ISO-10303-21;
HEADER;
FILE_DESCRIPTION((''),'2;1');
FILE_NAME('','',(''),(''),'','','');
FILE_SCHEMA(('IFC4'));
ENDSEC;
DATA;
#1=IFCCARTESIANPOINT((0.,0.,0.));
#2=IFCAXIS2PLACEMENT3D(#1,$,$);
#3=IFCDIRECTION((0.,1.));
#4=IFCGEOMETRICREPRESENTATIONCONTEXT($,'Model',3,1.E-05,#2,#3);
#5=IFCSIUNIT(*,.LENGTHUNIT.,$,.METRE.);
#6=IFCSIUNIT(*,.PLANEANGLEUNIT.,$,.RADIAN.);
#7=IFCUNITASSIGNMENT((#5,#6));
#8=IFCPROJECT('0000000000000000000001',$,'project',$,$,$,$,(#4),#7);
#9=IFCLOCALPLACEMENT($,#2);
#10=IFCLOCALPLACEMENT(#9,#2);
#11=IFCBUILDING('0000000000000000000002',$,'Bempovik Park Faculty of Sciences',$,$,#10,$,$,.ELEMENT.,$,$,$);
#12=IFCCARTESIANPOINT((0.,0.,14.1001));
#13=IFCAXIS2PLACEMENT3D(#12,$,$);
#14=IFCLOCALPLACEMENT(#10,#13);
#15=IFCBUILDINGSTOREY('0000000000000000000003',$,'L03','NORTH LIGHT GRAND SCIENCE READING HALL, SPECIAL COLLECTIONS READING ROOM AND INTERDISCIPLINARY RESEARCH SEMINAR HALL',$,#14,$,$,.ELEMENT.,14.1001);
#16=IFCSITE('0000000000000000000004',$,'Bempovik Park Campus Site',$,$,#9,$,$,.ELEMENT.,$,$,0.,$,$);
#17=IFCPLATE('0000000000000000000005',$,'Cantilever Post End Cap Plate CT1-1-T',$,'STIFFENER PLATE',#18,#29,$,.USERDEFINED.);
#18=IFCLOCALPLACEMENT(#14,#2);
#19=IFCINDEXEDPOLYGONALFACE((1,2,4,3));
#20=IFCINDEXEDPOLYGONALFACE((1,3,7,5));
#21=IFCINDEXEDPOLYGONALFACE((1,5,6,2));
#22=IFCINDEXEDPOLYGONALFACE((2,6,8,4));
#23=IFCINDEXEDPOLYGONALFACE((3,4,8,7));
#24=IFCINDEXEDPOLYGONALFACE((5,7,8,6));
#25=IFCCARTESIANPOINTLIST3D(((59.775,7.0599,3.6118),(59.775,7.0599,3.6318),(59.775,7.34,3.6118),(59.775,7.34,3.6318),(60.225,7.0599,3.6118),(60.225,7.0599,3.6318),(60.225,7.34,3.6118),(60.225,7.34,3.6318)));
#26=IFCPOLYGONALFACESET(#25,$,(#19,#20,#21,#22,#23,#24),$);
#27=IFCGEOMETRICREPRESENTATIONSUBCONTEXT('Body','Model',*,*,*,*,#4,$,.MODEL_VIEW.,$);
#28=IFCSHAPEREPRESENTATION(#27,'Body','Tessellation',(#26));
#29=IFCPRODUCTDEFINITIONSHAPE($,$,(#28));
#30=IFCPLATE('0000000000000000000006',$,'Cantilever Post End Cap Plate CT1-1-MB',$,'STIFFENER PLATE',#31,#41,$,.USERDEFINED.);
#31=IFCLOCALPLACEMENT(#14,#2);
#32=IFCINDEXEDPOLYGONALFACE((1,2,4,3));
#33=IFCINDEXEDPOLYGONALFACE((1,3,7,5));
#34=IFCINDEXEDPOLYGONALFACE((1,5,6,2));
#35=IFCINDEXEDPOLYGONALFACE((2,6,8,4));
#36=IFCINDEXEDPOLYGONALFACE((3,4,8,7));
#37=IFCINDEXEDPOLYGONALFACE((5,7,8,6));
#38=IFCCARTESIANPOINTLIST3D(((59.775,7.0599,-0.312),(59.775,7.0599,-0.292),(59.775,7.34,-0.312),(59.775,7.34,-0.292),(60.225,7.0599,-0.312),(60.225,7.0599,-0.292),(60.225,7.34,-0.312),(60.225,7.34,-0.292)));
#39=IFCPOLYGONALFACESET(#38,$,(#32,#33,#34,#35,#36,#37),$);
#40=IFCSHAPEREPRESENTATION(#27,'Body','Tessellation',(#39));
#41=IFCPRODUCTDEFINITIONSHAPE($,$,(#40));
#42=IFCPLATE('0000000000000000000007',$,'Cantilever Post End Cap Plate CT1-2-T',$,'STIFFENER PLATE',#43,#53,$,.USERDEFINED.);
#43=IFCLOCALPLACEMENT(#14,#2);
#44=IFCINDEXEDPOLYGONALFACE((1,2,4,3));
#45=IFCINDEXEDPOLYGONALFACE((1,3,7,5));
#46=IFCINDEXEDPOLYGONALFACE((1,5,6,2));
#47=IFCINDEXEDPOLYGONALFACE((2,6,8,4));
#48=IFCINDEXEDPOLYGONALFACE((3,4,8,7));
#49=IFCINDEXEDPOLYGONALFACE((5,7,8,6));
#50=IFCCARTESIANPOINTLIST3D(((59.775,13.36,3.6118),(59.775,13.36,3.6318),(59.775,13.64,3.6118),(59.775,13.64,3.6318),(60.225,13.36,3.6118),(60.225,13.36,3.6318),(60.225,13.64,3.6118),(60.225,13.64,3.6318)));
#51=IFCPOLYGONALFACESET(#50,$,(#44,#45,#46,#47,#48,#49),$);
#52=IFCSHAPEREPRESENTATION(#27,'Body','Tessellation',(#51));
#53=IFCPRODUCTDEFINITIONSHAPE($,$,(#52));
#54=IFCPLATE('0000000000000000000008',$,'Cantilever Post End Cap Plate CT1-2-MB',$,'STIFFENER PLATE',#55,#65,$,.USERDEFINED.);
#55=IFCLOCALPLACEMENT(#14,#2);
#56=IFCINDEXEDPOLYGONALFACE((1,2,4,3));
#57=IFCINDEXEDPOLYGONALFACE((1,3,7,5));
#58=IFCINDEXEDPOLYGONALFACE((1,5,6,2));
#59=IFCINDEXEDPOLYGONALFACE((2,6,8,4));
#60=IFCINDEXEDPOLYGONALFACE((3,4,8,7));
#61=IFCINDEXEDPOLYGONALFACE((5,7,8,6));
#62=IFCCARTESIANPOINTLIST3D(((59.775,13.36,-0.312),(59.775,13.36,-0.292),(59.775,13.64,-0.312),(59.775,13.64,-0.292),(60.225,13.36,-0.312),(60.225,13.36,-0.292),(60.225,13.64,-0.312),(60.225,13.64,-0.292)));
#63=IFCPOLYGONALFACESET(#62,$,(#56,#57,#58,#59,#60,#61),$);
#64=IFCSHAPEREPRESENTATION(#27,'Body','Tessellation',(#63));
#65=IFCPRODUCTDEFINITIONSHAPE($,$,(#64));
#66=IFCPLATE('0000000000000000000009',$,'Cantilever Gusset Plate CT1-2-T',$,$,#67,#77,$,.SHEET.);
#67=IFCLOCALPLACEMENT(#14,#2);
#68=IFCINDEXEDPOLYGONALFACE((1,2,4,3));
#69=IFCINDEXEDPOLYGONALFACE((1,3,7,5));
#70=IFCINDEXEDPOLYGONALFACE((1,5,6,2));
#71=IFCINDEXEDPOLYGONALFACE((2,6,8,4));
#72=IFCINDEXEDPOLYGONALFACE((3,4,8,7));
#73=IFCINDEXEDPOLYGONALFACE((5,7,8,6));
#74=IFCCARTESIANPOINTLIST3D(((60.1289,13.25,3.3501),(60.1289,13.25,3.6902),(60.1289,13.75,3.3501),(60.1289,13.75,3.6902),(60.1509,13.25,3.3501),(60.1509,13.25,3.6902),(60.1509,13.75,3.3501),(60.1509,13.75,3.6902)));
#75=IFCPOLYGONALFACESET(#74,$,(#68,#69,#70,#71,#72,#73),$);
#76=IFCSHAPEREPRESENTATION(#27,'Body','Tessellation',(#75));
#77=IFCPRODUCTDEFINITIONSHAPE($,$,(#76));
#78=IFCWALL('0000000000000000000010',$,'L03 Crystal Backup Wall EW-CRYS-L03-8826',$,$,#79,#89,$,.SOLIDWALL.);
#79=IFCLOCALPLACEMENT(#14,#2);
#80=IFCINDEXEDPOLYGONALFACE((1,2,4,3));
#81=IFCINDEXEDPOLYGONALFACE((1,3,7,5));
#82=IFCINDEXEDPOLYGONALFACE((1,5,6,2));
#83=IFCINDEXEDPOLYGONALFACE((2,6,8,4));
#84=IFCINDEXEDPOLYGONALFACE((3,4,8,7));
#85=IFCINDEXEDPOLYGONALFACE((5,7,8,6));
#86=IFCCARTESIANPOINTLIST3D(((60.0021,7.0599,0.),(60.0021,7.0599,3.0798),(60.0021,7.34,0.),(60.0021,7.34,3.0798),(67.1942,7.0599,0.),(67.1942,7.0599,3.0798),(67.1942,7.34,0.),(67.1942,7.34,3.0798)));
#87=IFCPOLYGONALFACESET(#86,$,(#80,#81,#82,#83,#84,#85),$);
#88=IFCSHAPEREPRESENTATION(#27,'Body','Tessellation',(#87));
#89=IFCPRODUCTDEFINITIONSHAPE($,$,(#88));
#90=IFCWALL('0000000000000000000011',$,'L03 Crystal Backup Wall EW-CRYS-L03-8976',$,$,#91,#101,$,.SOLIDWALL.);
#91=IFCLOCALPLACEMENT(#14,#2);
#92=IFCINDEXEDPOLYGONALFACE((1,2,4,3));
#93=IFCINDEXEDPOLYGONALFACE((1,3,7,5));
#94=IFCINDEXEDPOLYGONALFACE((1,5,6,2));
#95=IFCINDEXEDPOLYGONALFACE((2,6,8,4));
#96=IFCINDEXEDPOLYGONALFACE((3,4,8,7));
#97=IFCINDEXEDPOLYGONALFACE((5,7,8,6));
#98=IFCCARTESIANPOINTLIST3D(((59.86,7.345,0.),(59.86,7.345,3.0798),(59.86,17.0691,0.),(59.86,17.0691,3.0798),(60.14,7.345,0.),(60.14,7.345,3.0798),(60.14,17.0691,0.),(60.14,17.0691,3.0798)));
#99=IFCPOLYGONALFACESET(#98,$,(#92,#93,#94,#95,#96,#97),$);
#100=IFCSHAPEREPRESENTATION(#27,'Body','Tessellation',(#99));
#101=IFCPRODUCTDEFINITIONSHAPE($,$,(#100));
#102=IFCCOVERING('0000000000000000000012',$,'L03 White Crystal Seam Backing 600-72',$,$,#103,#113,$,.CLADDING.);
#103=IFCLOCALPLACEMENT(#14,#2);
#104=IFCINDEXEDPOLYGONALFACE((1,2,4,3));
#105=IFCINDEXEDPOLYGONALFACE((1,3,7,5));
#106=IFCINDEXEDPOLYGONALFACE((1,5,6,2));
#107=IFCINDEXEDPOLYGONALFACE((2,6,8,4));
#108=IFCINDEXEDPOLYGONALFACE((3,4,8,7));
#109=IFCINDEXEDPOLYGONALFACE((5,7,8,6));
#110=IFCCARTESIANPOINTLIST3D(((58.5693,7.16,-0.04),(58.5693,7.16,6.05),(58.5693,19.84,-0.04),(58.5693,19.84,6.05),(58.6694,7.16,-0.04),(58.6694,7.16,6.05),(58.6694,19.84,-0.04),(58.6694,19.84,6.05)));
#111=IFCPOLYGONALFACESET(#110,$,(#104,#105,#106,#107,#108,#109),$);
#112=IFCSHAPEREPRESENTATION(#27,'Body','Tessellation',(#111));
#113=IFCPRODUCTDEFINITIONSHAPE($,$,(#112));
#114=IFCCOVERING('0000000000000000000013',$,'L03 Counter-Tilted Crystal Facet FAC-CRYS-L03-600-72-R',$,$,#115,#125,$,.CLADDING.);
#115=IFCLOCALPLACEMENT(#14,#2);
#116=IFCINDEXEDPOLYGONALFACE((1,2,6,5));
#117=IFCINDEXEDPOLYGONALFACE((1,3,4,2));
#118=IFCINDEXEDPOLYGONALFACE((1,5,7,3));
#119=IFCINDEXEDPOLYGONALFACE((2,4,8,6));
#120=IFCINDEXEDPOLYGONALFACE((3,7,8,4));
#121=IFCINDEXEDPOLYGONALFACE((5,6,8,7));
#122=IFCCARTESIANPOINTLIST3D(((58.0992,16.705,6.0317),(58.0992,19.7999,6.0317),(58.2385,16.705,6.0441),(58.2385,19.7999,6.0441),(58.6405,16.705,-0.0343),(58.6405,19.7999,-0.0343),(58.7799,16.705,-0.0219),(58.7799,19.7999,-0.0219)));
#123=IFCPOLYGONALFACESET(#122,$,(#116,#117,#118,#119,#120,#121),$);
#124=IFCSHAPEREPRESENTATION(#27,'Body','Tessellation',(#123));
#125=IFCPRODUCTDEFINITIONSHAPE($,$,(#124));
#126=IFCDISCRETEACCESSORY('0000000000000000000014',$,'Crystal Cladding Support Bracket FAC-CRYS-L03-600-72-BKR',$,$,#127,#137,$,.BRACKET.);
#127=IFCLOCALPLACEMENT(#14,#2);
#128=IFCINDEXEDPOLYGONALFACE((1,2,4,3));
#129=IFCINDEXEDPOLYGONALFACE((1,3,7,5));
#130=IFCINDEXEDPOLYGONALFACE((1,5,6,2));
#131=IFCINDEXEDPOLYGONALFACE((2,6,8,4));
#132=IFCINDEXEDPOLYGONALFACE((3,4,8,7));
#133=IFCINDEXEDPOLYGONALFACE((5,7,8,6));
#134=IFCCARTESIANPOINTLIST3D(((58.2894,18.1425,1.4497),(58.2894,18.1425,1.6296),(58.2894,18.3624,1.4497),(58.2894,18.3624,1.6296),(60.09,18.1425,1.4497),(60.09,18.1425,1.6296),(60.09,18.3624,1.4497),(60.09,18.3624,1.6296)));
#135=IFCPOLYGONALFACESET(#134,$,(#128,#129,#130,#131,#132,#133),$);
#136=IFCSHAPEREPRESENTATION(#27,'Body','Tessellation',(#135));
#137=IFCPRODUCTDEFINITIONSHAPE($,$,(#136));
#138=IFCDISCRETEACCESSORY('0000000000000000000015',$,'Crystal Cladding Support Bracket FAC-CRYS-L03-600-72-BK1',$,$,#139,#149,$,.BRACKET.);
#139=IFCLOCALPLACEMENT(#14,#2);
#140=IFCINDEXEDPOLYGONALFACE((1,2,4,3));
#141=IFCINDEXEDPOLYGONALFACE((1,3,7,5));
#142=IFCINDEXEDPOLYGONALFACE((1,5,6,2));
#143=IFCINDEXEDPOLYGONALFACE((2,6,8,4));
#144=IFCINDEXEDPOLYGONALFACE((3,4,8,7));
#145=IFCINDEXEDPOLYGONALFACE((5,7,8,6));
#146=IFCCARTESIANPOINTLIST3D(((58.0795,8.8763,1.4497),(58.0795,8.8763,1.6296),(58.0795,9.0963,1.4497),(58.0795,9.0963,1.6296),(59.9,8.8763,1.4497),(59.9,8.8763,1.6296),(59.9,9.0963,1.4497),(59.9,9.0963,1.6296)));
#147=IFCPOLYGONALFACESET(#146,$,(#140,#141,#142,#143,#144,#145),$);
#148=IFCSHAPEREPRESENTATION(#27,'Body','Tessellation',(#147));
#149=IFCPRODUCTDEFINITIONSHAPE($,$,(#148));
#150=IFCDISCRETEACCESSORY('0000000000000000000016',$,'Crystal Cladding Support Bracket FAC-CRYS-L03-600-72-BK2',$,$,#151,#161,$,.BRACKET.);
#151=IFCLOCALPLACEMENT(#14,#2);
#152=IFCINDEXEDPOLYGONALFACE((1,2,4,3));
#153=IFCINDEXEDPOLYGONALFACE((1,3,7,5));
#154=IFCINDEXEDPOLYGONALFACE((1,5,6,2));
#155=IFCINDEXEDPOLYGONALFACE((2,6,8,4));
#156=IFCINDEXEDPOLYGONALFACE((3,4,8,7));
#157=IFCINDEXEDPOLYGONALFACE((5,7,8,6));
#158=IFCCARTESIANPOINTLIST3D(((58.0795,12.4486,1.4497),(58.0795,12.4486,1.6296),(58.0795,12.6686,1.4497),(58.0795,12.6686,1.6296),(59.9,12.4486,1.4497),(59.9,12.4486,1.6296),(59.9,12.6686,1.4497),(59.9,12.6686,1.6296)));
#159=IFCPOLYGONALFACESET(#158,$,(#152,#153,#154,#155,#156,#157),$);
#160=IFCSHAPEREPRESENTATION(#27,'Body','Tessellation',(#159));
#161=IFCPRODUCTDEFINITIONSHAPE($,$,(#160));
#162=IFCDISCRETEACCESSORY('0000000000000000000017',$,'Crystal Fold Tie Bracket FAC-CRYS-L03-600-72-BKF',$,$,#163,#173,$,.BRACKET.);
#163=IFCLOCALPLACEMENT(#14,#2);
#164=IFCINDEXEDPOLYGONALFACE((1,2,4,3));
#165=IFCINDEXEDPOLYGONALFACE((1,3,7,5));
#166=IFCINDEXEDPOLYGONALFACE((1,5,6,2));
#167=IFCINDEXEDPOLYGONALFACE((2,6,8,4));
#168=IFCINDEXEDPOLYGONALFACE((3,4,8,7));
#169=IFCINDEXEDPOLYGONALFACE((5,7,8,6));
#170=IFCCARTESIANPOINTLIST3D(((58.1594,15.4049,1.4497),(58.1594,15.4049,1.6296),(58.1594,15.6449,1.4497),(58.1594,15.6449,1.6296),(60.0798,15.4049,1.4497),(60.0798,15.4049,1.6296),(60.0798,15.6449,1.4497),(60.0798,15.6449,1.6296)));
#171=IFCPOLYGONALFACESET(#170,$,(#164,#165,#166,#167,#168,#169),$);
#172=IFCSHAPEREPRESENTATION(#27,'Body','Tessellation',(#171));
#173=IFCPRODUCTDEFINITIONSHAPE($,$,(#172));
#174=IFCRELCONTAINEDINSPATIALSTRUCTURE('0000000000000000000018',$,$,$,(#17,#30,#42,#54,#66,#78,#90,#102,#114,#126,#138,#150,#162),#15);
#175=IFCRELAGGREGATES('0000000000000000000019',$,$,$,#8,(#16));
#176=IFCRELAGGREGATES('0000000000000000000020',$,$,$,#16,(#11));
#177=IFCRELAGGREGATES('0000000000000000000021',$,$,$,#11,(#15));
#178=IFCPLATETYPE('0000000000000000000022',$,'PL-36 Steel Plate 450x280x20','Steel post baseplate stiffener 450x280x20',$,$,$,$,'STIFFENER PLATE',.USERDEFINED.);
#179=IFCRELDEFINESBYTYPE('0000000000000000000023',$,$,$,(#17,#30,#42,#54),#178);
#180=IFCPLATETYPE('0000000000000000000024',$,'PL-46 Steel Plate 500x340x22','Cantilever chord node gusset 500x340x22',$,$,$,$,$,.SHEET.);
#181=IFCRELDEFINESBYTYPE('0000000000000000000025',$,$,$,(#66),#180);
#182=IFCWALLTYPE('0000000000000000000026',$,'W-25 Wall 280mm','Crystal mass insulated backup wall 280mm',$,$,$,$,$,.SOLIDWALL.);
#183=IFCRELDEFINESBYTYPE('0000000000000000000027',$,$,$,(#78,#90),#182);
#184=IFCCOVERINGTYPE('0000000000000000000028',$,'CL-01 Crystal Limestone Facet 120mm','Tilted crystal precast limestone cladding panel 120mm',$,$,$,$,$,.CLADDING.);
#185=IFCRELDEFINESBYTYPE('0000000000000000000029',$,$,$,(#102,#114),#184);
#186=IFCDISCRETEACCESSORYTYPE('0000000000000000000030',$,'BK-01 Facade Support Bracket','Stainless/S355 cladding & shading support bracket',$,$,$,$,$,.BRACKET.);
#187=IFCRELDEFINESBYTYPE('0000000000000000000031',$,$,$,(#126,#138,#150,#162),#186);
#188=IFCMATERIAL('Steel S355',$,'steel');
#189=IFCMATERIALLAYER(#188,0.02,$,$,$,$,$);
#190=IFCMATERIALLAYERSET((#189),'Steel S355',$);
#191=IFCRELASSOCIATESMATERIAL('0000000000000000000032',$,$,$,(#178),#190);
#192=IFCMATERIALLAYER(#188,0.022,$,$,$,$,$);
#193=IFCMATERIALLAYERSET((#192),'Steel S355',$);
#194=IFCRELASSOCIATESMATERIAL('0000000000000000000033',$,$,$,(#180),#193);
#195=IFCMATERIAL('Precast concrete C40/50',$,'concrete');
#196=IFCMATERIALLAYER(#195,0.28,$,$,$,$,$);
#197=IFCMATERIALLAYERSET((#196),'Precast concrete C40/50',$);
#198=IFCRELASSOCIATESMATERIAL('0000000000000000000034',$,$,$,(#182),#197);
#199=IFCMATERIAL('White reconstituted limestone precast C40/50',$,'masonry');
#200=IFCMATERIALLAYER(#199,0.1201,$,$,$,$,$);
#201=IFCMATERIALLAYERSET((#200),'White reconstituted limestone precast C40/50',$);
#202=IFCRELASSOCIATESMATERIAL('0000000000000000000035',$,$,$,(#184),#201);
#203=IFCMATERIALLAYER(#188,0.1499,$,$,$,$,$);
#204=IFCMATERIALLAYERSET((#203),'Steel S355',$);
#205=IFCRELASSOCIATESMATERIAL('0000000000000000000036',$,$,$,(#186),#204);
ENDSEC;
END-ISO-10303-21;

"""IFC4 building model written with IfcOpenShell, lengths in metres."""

from ifc_helpers import new_model, si_unit, direction, frame, frame_2d, origin, origin_2d, place, context, subcontext, project, spatial, rectangle, extrude, material, layer, layer_set, type_object, element, save


model = new_model("IFC4")

# Units and contexts
model_context = context("Model", 3, precision=1e-05, world=origin(), true_north=direction((0.0, 1.0)))
body_context = subcontext(model_context, "Body", "Model", "MODEL_VIEW")
ifc_project = project(units=[si_unit("LENGTHUNIT", "METRE"), si_unit("PLANEANGLEUNIT", "RADIAN")], contexts=[model_context])

# Site, building, storey
site_placement = place(None, origin())
site = spatial("IfcSite", under=ifc_project, at=site_placement, Name="Bempovik Park Campus Site", CompositionType="ELEMENT", RefElevation=0.0)
building_placement = place(site_placement, origin())
building = spatial("IfcBuilding", under=site, at=building_placement, Name="Bempovik Park Faculty of Sciences", CompositionType="ELEMENT")
storey_placement = place(building_placement, frame((0.0, 0.0, 14.1001)))
storey = spatial("IfcBuildingStorey", under=building, at=storey_placement, Name="L03", Description="NORTH LIGHT GRAND SCIENCE READING HALL, SPECIAL COLLECTIONS READING ROOM AND INTERDISCIPLINARY RESEARCH SEMINAR HALL", CompositionType="ELEMENT", Elevation=14.1001)

# Shared definitions
ifc_material_1 = material(Name="Steel S355", Category="steel")

# Plates
ifc_layer_1 = layer(ifc_material_1, 0.02)
ifc_layer_set_1 = layer_set([ifc_layer_1], Name="Steel S355")
plate_type_1 = type_object("IfcPlateType", Name="PL-36 Steel Plate 450x280x20", Description="Steel post baseplate stiffener 450x280x20", ElementType="STIFFENER PLATE", PredefinedType="USERDEFINED", material=ifc_layer_set_1)
for number, where, z_axis, x_axis, name in (
    (1, (60.0, 7.2, 3.6118), (0.0, 0.0, 1.0), (1.0, 0.0, 0.0), "Cantilever Post End Cap Plate CT1-1-T"),
    (2, (60.0, 7.2, -0.312), (0.0, 0.0, 1.0), (1.0, 0.0, 0.0), "Cantilever Post End Cap Plate CT1-1-MB"),
    (3, (60.0, 13.5, 3.6118), (0.0, 0.0, 1.0), (1.0, 0.0, 0.0), "Cantilever Post End Cap Plate CT1-2-T"),
    (4, (60.0, 13.5, -0.312), (0.0, 0.0, 1.0), (1.0, 0.0, 0.0), "Cantilever Post End Cap Plate CT1-2-MB"),
):
    element("IfcPlate", number, at=place(storey_placement, frame(where, z_axis=z_axis, x_axis=x_axis)), inside=storey, type_object=plate_type_1, Name=name, ObjectType="STIFFENER PLATE", PredefinedType="USERDEFINED", context=body_context, shape_type="SweptSolid", body=[
        extrude(rectangle(XDim=0.45, YDim=0.28, at=origin_2d()), origin(), (0.0, 0.0, 1.0), 0.02),
    ])
ifc_layer_2 = layer(ifc_material_1, 0.022)
ifc_layer_set_2 = layer_set([ifc_layer_2], Name="Steel S355")
plate_type_2 = type_object("IfcPlateType", Name="PL-46 Steel Plate 500x340x22", Description="Cantilever chord node gusset 500x340x22", PredefinedType="SHEET", material=ifc_layer_set_2)
plate_1_placement = place(storey_placement, frame((60.1399, 13.5, 3.3501), z_axis=(0.0, 0.0, 1.0), x_axis=(1.0, 0.0, 0.0)))
element("IfcPlate", 5, at=plate_1_placement, inside=storey, type_object=plate_type_2, Name="Cantilever Gusset Plate CT1-2-T", PredefinedType="SHEET", context=body_context, shape_type="SweptSolid", body=[
    extrude(rectangle(XDim=0.022, YDim=0.5, at=origin_2d()), origin(), (0.0, 0.0, 1.0), 0.3401),
])

# Walls
ifc_material_2 = material(Name="Precast concrete C40/50", Category="concrete")
ifc_layer_3 = layer(ifc_material_2, 0.28)
ifc_layer_set_3 = layer_set([ifc_layer_3], Name="Precast concrete C40/50")
wall_type = type_object("IfcWallType", Name="W-25 Wall 280mm", Description="Crystal mass insulated backup wall 280mm", PredefinedType="SOLIDWALL", material=ifc_layer_set_3)
wall_1_placement = place(storey_placement, frame((60.002, 7.2, 0.0), z_axis=(0.0, 0.0, 1.0), x_axis=(1.0, 0.0, 0.0)))
element("IfcWall", 6, at=wall_1_placement, inside=storey, type_object=wall_type, Name="L03 Crystal Backup Wall EW-CRYS-L03-8826", PredefinedType="SOLIDWALL", context=body_context, shape_type="SweptSolid", body=[
    extrude(rectangle(XDim=7.1921, YDim=0.28, at=frame_2d((3.5962, 0.0))), origin(), (0.0, 0.0, 1.0), 3.0798),
])
wall_2_placement = place(storey_placement, frame((60.0, 7.345, 0.0), z_axis=(0.0, 0.0, 1.0), x_axis=(0.0, 1.0, 0.0)))
element("IfcWall", 7, at=wall_2_placement, inside=storey, type_object=wall_type, Name="L03 Crystal Backup Wall EW-CRYS-L03-8976", PredefinedType="SOLIDWALL", context=body_context, shape_type="SweptSolid", body=[
    extrude(rectangle(XDim=9.7241, YDim=0.28, at=frame_2d((4.8621, 0.0))), origin(), (0.0, 0.0, 1.0), 3.0798),
])

# Coverings
ifc_material_3 = material(Name="White reconstituted limestone precast C40/50", Category="masonry")
ifc_layer_4 = layer(ifc_material_3, 0.1201)
ifc_layer_set_4 = layer_set([ifc_layer_4], Name="White reconstituted limestone precast C40/50")
covering_type = type_object("IfcCoveringType", Name="CL-01 Crystal Limestone Facet 120mm", Description="Tilted crystal precast limestone cladding panel 120mm", PredefinedType="CLADDING", material=ifc_layer_set_4)
covering_1_placement = place(storey_placement, frame((58.6194, 13.5, -0.04), z_axis=(0.0, 0.0, 1.0), x_axis=(1.0, 0.0, 0.0)))
element("IfcCovering", 8, at=covering_1_placement, inside=storey, type_object=covering_type, Name="L03 White Crystal Seam Backing 600-72", PredefinedType="CLADDING", context=body_context, shape_type="SweptSolid", body=[
    extrude(rectangle(XDim=0.1001, YDim=12.6799, at=origin_2d()), origin(), (0.0, 0.0, 1.0), 6.0901),
])
covering_2_placement = place(storey_placement, frame((58.7102, 18.2524, -0.0281), z_axis=(-0.088894, 0.0, 0.996041), x_axis=(0.0, 1.0, 0.0)))
element("IfcCovering", 9, at=covering_2_placement, inside=storey, type_object=covering_type, Name="L03 Counter-Tilted Crystal Facet FAC-CRYS-L03-600-72-R", PredefinedType="CLADDING", context=body_context, shape_type="SweptSolid", body=[
    extrude(rectangle(XDim=3.095, YDim=0.1399, at=origin_2d()), origin(), (0.0, 0.0, 1.0), 6.0901),
])

# Discrete accessories
ifc_layer_5 = layer(ifc_material_1, 0.1499)
ifc_layer_set_5 = layer_set([ifc_layer_5], Name="Steel S355")
discrete_accessory_type = type_object("IfcDiscreteAccessoryType", Name="BK-01 Facade Support Bracket", Description="Stainless/S355 cladding & shading support bracket", PredefinedType="BRACKET", material=ifc_layer_set_5)
discrete_accessory_1_placement = place(storey_placement, frame((59.1897, 18.2524, 1.4497), z_axis=(0.0, 0.0, 1.0), x_axis=(1.0, 0.0, 0.0)))
element("IfcDiscreteAccessory", 10, at=discrete_accessory_1_placement, inside=storey, type_object=discrete_accessory_type, Name="Crystal Cladding Support Bracket FAC-CRYS-L03-600-72-BKR", PredefinedType="BRACKET", context=body_context, shape_type="SweptSolid", body=[
    extrude(rectangle(XDim=1.8005, YDim=0.22, at=origin_2d()), origin(), (0.0, 0.0, 1.0), 0.1799),
])
for number, where, z_axis, x_axis, name in (
    (11, (58.9897, 8.9863, 1.4497), (0.0, 0.0, 1.0), (1.0, 0.0, 0.0), "Crystal Cladding Support Bracket FAC-CRYS-L03-600-72-BK1"),
    (12, (58.9897, 12.5586, 1.4497), (0.0, 0.0, 1.0), (1.0, 0.0, 0.0), "Crystal Cladding Support Bracket FAC-CRYS-L03-600-72-BK2"),
):
    element("IfcDiscreteAccessory", number, at=place(storey_placement, frame(where, z_axis=z_axis, x_axis=x_axis)), inside=storey, type_object=discrete_accessory_type, Name=name, PredefinedType="BRACKET", context=body_context, shape_type="SweptSolid", body=[
        extrude(rectangle(XDim=1.8206, YDim=0.22, at=origin_2d()), origin(), (0.0, 0.0, 1.0), 0.1799),
    ])
discrete_accessory_2_placement = place(storey_placement, frame((59.1196, 15.5249, 1.4497), z_axis=(0.0, 0.0, 1.0), x_axis=(1.0, 0.0, 0.0)))
element("IfcDiscreteAccessory", 13, at=discrete_accessory_2_placement, inside=storey, type_object=discrete_accessory_type, Name="Crystal Fold Tie Bracket FAC-CRYS-L03-600-72-BKF", PredefinedType="BRACKET", context=body_context, shape_type="SweptSolid", body=[
    extrude(rectangle(XDim=1.9204, YDim=0.24, at=origin_2d()), origin(), (0.0, 0.0, 1.0), 0.1799),
])

save(model, "model.ifc")
